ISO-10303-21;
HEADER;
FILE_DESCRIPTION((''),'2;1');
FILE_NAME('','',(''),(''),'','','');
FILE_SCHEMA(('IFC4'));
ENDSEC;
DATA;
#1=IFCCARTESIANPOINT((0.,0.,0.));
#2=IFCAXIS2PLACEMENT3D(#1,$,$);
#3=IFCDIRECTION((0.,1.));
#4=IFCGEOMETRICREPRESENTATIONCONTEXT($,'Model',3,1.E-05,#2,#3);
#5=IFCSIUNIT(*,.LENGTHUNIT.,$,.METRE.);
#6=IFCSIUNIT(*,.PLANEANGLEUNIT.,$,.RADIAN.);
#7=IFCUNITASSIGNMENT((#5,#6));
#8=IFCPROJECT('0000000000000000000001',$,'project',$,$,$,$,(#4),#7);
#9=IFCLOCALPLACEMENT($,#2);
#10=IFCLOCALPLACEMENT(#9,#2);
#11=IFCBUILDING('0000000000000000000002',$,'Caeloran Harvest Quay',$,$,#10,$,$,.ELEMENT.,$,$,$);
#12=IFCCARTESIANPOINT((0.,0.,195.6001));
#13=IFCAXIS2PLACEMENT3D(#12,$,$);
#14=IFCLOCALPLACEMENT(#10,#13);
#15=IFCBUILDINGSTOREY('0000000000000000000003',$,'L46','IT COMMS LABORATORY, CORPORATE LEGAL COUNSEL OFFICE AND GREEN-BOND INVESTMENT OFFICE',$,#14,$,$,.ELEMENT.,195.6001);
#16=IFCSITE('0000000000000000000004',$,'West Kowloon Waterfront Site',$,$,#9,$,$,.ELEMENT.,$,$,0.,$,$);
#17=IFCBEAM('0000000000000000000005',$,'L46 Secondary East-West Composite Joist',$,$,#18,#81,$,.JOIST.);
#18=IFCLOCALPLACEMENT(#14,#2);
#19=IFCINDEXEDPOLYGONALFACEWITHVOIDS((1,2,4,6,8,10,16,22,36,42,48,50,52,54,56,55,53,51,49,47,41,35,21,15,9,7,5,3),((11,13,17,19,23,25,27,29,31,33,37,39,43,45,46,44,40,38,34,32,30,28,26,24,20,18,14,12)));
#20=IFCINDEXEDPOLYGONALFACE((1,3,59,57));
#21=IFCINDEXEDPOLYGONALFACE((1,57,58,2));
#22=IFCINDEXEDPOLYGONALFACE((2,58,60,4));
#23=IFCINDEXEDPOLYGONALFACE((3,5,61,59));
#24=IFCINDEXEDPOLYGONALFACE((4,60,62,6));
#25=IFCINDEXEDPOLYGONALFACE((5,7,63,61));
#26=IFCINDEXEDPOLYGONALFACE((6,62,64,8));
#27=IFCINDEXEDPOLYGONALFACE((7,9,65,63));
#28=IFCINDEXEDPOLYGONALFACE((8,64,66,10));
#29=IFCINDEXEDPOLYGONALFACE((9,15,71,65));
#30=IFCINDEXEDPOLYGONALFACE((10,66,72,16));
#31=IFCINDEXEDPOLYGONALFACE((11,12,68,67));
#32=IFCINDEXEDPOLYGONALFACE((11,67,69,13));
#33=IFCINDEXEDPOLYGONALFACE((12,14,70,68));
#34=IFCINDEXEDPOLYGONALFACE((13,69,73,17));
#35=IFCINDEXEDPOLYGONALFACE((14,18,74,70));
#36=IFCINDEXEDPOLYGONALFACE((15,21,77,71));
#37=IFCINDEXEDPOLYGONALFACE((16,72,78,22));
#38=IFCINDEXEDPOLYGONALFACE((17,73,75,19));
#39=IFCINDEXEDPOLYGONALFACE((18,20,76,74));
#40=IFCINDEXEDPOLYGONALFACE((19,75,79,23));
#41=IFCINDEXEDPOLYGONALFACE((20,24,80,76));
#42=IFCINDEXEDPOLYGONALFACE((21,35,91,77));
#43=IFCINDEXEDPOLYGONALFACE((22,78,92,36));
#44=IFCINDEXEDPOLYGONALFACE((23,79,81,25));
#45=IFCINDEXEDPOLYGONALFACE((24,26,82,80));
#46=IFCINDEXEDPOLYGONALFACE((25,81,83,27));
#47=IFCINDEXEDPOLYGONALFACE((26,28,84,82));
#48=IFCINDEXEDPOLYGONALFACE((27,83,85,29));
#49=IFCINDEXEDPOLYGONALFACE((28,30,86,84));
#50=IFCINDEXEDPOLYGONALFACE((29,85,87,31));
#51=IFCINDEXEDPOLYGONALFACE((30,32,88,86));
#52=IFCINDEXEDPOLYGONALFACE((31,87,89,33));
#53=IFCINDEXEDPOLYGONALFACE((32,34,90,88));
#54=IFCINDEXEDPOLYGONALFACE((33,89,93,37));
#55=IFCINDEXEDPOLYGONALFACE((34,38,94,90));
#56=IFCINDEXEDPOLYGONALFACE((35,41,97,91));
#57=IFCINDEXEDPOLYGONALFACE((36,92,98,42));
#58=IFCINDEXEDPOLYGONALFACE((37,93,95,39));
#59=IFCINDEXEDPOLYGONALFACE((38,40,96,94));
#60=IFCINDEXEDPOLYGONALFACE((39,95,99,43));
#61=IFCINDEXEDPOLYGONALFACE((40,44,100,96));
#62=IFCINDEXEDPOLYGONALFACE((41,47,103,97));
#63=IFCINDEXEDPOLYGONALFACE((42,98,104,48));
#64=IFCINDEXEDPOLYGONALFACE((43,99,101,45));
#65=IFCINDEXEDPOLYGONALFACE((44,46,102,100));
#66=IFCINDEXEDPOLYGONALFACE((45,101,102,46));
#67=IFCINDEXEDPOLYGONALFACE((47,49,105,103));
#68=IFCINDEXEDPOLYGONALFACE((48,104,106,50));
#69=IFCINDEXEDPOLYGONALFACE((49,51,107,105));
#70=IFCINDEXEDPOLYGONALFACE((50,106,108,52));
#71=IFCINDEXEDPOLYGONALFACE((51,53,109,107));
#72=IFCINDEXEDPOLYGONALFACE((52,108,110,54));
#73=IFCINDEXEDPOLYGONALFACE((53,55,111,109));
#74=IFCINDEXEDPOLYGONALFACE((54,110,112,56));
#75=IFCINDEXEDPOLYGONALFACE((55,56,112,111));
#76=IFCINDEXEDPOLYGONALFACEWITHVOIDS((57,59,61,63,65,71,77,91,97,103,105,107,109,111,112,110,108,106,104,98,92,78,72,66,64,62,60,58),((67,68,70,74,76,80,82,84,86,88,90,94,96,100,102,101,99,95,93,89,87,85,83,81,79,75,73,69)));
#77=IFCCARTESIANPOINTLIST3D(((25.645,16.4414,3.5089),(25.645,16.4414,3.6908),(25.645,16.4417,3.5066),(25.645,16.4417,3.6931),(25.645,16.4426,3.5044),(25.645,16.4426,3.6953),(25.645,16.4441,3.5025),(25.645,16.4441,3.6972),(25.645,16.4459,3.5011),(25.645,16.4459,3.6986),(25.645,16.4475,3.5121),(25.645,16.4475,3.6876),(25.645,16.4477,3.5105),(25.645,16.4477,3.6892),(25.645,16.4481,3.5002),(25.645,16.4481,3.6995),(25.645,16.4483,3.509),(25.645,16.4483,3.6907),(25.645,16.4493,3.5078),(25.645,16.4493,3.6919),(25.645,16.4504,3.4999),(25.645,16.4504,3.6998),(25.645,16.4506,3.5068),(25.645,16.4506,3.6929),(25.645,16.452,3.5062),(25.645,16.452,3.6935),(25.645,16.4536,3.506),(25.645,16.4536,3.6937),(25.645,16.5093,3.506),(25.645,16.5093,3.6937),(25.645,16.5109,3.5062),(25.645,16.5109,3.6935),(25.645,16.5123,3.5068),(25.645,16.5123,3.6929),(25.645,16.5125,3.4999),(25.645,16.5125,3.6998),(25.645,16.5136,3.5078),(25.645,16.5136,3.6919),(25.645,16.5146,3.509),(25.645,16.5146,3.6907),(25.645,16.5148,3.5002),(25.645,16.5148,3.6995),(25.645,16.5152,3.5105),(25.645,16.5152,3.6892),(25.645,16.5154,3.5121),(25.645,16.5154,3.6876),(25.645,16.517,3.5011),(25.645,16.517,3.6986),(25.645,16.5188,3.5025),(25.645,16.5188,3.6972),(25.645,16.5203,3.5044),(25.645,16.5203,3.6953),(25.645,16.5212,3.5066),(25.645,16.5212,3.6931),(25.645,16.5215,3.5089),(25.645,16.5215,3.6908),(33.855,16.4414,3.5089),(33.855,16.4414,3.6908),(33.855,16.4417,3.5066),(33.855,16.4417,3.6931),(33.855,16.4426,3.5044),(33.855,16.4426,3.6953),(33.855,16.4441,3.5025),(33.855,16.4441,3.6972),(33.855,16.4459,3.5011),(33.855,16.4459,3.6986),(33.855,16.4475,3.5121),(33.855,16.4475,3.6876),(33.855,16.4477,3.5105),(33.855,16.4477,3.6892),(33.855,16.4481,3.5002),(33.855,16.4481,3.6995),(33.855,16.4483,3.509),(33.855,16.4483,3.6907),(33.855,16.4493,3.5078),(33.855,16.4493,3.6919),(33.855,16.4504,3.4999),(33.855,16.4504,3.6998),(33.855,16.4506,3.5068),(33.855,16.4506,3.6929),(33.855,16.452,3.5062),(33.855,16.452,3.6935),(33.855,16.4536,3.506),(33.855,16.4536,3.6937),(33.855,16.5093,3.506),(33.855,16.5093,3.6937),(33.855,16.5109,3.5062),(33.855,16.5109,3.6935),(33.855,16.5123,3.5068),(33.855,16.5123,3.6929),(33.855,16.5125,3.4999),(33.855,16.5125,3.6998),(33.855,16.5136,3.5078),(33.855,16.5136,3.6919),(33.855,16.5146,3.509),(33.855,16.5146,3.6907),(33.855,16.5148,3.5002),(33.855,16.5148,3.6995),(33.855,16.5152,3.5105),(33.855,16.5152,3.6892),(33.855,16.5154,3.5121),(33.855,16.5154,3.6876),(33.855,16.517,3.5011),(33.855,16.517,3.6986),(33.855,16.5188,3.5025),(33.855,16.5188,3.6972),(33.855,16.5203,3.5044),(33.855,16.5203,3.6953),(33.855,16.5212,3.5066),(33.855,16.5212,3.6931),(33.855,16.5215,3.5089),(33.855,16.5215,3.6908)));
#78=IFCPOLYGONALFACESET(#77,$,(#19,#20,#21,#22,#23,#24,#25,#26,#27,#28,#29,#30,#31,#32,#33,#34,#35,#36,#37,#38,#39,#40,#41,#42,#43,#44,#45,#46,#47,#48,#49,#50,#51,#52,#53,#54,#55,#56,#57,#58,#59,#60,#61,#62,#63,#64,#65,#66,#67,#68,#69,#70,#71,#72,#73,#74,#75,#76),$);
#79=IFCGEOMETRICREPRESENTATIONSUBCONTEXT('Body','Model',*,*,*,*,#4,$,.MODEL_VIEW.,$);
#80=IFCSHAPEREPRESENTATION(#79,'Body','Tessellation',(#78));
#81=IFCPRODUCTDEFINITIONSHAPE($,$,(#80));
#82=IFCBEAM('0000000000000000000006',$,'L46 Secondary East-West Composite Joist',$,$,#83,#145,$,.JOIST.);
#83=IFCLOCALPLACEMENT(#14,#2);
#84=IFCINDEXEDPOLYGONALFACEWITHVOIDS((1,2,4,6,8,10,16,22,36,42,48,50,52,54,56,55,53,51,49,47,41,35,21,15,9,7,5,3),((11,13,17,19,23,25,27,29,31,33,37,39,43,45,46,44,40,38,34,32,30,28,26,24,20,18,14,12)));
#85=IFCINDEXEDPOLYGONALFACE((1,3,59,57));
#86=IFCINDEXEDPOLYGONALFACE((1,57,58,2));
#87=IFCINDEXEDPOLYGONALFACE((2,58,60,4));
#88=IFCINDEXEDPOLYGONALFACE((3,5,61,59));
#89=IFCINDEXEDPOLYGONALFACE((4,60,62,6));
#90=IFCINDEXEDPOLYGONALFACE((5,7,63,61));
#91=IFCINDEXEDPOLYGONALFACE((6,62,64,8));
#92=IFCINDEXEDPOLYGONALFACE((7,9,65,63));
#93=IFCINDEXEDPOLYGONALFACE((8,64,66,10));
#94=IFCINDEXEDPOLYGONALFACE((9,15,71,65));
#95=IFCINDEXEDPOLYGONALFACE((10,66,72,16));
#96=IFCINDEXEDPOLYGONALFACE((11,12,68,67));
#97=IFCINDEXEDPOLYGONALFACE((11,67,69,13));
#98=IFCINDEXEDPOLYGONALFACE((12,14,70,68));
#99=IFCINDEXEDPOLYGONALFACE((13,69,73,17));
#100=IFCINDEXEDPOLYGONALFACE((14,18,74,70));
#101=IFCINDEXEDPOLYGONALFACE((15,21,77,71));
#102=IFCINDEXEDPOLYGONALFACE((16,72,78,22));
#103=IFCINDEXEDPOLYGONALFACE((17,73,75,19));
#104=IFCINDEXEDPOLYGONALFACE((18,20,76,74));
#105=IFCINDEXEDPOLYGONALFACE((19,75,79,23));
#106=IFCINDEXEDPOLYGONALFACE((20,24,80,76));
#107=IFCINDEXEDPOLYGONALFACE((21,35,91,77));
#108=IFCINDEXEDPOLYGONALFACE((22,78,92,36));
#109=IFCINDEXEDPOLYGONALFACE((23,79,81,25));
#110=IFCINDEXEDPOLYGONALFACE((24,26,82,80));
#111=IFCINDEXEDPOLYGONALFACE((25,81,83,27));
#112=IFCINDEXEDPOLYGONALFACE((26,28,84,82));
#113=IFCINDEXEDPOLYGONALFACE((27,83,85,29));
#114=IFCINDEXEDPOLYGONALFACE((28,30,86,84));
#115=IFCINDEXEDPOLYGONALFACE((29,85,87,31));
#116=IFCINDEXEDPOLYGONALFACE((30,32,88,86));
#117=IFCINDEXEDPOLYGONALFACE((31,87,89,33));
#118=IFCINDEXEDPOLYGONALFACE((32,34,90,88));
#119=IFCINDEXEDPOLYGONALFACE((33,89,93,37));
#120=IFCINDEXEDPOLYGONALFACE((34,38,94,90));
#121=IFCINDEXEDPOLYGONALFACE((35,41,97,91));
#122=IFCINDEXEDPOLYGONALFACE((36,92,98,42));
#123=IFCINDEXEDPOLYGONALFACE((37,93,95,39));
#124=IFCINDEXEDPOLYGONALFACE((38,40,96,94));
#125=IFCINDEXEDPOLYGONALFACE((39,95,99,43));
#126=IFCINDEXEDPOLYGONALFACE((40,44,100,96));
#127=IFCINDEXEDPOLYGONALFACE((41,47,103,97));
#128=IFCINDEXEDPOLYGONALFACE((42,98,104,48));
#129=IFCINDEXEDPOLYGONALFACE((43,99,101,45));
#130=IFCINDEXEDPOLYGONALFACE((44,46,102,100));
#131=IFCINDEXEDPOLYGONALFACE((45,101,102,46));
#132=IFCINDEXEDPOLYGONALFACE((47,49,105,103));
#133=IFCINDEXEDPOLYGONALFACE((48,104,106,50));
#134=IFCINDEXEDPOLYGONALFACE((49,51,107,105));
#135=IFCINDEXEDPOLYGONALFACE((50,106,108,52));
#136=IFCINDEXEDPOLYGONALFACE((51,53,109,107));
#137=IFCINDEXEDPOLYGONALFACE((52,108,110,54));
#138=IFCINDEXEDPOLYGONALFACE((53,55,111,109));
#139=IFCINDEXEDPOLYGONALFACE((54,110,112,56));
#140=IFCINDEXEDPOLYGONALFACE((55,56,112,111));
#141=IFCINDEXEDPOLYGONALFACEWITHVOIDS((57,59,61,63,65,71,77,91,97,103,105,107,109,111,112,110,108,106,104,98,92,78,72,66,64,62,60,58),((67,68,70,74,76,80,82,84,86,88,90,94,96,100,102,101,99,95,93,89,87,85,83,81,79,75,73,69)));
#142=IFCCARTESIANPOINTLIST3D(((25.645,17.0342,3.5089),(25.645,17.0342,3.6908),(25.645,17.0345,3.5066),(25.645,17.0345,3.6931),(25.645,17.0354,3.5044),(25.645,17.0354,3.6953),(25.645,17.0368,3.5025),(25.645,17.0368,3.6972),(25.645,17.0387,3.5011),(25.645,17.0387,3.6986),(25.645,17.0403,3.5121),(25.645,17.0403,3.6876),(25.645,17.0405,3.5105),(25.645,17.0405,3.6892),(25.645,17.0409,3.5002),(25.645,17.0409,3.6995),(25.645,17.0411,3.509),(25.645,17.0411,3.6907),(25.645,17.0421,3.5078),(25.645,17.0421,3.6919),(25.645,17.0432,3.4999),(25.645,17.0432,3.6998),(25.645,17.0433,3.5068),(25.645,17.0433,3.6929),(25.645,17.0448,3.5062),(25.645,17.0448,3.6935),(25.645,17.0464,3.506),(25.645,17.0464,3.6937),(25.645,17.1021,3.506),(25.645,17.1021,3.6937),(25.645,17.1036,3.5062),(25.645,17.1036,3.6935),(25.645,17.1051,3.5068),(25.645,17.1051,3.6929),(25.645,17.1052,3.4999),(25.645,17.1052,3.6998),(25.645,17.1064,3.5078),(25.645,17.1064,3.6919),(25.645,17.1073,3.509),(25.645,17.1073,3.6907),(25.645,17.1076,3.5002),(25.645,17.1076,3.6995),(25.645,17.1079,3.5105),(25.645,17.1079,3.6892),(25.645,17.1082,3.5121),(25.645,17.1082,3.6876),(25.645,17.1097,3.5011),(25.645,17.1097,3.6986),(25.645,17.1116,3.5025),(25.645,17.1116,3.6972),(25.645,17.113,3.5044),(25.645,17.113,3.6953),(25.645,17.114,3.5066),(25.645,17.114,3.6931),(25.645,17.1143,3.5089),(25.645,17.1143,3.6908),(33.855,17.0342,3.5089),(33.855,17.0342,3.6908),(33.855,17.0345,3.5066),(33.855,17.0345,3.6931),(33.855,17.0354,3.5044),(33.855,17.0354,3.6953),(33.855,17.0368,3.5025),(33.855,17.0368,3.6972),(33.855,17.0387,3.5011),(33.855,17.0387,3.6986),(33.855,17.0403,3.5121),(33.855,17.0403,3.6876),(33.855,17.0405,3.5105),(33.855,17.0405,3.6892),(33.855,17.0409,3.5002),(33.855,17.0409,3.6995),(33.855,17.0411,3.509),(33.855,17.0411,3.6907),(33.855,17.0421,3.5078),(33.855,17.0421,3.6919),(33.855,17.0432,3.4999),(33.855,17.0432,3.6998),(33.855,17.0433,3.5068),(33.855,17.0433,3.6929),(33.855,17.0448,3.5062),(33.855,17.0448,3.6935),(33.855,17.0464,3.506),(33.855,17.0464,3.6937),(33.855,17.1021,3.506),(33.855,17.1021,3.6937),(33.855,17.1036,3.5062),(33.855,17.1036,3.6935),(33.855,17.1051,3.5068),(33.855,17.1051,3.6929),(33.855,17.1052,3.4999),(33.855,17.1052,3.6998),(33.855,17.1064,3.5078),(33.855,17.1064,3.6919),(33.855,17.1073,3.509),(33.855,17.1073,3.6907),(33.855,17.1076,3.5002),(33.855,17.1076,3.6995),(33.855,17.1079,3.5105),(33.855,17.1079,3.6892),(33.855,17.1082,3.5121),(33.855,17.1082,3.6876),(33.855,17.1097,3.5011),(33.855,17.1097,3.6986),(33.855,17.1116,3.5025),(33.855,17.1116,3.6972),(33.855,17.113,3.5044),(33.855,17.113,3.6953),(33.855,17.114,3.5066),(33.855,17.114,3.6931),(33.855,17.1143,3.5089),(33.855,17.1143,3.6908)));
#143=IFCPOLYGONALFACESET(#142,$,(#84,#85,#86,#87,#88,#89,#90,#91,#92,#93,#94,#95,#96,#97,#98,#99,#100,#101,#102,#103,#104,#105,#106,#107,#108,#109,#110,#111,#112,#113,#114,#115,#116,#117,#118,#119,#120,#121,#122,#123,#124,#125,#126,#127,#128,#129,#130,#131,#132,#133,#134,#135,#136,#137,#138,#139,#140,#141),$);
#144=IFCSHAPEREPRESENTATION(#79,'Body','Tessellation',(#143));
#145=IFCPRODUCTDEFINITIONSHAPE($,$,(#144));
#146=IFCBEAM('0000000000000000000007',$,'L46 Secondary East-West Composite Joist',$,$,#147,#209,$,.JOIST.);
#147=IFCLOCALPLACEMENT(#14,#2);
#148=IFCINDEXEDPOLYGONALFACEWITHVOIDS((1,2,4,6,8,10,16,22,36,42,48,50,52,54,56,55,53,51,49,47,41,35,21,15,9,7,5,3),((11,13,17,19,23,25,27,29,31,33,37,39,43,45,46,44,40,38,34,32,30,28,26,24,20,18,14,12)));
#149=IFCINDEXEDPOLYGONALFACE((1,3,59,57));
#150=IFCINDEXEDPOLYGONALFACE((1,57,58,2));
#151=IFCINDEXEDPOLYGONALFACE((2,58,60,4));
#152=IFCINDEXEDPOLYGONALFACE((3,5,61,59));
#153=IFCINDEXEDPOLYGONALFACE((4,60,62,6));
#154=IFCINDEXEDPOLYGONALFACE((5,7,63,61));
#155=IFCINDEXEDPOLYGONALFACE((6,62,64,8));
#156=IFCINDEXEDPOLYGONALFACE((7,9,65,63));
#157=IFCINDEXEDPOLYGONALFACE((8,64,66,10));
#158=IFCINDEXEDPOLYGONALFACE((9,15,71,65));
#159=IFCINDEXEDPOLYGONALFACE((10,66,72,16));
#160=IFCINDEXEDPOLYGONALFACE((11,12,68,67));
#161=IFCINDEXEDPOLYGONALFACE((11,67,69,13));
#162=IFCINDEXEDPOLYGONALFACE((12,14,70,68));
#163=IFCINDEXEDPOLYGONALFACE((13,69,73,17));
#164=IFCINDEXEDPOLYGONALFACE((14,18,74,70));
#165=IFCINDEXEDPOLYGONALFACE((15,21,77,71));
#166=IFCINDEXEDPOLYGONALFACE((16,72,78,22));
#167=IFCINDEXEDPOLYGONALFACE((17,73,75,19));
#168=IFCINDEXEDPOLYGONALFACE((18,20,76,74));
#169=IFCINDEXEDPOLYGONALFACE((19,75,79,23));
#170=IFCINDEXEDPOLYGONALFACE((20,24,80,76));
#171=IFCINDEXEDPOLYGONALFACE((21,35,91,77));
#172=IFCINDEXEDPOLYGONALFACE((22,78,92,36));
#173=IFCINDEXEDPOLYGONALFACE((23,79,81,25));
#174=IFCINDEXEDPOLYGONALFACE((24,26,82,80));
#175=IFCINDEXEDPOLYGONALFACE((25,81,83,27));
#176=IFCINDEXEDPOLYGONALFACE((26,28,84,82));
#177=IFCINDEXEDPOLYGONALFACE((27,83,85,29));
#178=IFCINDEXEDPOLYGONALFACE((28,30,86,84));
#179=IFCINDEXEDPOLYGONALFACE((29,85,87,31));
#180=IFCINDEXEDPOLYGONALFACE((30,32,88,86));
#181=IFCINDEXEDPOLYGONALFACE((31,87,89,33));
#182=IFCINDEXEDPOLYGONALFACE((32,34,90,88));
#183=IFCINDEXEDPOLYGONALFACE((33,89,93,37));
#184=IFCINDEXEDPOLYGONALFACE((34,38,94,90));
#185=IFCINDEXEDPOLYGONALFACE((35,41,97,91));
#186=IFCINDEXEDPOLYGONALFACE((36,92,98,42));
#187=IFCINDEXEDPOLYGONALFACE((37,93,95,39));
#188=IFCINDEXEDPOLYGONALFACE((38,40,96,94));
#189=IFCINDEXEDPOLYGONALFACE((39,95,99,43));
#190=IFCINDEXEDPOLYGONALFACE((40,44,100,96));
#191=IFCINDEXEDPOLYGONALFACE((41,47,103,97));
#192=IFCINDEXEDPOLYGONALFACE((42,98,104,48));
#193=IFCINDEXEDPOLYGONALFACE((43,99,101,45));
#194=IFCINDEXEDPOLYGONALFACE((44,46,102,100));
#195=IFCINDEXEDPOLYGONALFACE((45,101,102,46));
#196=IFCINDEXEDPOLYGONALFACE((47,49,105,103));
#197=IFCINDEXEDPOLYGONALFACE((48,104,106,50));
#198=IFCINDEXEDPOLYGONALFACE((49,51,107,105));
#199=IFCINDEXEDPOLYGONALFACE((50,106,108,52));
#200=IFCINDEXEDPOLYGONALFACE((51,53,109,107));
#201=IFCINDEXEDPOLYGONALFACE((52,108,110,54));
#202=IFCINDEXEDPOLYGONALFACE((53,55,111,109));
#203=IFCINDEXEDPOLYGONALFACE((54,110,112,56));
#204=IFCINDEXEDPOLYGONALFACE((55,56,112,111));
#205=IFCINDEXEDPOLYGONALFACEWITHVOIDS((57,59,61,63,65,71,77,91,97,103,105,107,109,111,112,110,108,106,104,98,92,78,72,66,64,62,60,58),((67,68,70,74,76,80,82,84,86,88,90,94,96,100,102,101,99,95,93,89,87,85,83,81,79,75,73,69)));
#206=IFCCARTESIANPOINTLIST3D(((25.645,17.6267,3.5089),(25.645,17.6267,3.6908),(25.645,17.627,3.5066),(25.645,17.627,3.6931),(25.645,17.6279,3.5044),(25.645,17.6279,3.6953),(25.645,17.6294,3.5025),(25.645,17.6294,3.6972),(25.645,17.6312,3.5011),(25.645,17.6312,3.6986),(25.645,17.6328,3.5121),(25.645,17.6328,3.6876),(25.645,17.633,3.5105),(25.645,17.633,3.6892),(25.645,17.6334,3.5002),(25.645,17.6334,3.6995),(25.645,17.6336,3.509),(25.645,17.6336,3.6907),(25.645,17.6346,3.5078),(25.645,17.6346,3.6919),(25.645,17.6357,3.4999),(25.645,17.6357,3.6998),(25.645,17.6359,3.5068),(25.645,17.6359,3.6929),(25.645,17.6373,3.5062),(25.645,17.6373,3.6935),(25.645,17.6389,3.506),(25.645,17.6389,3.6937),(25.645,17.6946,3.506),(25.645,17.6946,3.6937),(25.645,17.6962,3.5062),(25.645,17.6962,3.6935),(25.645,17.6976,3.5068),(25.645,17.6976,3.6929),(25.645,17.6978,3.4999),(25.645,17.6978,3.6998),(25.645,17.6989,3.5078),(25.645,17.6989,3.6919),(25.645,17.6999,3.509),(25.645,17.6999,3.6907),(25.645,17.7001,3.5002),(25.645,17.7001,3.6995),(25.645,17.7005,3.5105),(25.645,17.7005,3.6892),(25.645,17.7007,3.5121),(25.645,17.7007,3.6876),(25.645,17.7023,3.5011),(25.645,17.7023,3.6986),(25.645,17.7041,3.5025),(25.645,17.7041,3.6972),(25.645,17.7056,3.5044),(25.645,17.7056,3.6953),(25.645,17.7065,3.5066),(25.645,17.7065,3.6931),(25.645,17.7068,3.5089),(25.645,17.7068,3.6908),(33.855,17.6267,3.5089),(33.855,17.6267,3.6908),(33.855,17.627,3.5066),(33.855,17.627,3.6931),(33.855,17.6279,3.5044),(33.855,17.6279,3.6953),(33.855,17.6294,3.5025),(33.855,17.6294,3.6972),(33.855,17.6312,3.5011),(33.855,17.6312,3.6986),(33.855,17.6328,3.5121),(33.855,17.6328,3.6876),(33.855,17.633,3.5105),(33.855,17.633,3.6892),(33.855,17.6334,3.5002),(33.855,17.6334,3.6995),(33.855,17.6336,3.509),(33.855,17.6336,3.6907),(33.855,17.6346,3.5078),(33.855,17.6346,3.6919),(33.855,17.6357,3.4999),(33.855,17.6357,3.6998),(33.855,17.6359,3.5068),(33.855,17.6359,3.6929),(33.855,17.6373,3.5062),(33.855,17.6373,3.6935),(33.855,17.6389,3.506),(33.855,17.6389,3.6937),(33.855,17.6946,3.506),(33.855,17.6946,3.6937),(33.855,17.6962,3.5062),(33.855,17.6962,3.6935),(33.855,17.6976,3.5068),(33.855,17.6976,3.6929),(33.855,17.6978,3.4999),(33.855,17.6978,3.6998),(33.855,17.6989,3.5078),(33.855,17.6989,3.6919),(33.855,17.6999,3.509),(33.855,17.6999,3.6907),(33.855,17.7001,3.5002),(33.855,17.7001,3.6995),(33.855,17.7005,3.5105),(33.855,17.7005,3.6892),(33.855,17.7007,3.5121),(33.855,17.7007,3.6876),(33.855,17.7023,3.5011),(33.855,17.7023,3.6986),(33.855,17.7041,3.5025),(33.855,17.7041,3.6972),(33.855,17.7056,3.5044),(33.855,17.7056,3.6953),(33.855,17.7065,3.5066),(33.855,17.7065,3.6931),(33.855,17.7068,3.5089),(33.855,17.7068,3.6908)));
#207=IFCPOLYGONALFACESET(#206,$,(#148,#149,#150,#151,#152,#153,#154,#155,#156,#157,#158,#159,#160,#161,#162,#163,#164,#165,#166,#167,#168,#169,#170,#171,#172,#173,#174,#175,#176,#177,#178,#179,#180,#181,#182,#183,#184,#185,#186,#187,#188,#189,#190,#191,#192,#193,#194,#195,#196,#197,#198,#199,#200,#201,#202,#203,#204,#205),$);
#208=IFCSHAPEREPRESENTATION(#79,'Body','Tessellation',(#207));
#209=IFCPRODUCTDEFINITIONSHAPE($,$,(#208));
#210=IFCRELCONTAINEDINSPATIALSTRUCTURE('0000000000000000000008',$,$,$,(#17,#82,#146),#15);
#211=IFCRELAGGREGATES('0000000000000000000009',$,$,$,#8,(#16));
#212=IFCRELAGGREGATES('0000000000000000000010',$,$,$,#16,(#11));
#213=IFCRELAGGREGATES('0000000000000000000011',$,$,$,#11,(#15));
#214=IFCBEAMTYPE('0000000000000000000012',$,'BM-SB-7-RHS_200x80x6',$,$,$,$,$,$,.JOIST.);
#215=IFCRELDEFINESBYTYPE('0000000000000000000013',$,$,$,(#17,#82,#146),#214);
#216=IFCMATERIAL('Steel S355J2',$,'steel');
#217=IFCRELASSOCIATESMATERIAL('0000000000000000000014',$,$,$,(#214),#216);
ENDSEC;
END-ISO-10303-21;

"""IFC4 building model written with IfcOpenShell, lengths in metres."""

from ifc_helpers import new_model, si_unit, direction, frame, origin, origin_2d, place, context, subcontext, project, spatial, hollow_rectangle, extrude, material, material_profile, profile_set, type_object, element, save


model = new_model("IFC4")

# Units and contexts
model_context = context("Model", 3, precision=1e-05, world=origin(), true_north=direction((0.0, 1.0)))
body_context = subcontext(model_context, "Body", "Model", "MODEL_VIEW")
ifc_project = project(units=[si_unit("LENGTHUNIT", "METRE"), si_unit("PLANEANGLEUNIT", "RADIAN")], contexts=[model_context])

# Site, building, storey
site_placement = place(None, origin())
site = spatial("IfcSite", under=ifc_project, at=site_placement, Name="West Kowloon Waterfront Site", CompositionType="ELEMENT", RefElevation=0.0)
building_placement = place(site_placement, origin())
building = spatial("IfcBuilding", under=site, at=building_placement, Name="Caeloran Harvest Quay", CompositionType="ELEMENT")
storey_placement = place(building_placement, frame((0.0, 0.0, 195.6001)))
storey = spatial("IfcBuildingStorey", under=building, at=storey_placement, Name="L46", Description="IT COMMS LABORATORY, CORPORATE LEGAL COUNSEL OFFICE AND GREEN-BOND INVESTMENT OFFICE", CompositionType="ELEMENT", Elevation=195.6001)

# Beams
ifc_material_1 = material(Name="Steel S355J2", Category="steel")
ifc_material_profile_1 = material_profile(ifc_material_1, hollow_rectangle(XDim=0.0801, YDim=0.2, WallThickness=0.0061, InnerFilletRadius=0.0061, OuterFilletRadius=0.009, at=origin_2d()), Name="RHS 200x80x6")
ifc_profile_set_1 = profile_set([ifc_material_profile_1], Name="Steel S355J2")
beam_type_1 = type_object("IfcBeamType", Name="BM-SB-7-RHS_200x80x6", PredefinedType="JOIST", material=ifc_profile_set_1)
for number, where, z_axis, x_axis, name in (
    (1, (25.645, 16.4814, 3.5999), (1.0, 0.0, 0.0), (0.0, 1.0, 0.0), "L46 Secondary East-West Composite Joist"),
    (2, (25.645, 17.0742, 3.5999), (1.0, 0.0, 0.0), (0.0, 1.0, 0.0), "L46 Secondary East-West Composite Joist"),
    (3, (25.645, 17.6667, 3.5999), (1.0, 0.0, 0.0), (0.0, 1.0, 0.0), "L46 Secondary East-West Composite Joist"),
):
    element("IfcBeam", number, at=place(storey_placement, frame(where, z_axis=z_axis, x_axis=x_axis)), inside=storey, type_object=beam_type_1, Name=name, PredefinedType="JOIST", context=body_context, shape_type="SweptSolid", body=[
        extrude(hollow_rectangle(XDim=0.0801, YDim=0.2, WallThickness=0.0061, InnerFilletRadius=0.0061, OuterFilletRadius=0.009, at=origin_2d()), origin(), (0.0, 0.0, 1.0), 8.21),
    ])

save(model, "model.ifc")
